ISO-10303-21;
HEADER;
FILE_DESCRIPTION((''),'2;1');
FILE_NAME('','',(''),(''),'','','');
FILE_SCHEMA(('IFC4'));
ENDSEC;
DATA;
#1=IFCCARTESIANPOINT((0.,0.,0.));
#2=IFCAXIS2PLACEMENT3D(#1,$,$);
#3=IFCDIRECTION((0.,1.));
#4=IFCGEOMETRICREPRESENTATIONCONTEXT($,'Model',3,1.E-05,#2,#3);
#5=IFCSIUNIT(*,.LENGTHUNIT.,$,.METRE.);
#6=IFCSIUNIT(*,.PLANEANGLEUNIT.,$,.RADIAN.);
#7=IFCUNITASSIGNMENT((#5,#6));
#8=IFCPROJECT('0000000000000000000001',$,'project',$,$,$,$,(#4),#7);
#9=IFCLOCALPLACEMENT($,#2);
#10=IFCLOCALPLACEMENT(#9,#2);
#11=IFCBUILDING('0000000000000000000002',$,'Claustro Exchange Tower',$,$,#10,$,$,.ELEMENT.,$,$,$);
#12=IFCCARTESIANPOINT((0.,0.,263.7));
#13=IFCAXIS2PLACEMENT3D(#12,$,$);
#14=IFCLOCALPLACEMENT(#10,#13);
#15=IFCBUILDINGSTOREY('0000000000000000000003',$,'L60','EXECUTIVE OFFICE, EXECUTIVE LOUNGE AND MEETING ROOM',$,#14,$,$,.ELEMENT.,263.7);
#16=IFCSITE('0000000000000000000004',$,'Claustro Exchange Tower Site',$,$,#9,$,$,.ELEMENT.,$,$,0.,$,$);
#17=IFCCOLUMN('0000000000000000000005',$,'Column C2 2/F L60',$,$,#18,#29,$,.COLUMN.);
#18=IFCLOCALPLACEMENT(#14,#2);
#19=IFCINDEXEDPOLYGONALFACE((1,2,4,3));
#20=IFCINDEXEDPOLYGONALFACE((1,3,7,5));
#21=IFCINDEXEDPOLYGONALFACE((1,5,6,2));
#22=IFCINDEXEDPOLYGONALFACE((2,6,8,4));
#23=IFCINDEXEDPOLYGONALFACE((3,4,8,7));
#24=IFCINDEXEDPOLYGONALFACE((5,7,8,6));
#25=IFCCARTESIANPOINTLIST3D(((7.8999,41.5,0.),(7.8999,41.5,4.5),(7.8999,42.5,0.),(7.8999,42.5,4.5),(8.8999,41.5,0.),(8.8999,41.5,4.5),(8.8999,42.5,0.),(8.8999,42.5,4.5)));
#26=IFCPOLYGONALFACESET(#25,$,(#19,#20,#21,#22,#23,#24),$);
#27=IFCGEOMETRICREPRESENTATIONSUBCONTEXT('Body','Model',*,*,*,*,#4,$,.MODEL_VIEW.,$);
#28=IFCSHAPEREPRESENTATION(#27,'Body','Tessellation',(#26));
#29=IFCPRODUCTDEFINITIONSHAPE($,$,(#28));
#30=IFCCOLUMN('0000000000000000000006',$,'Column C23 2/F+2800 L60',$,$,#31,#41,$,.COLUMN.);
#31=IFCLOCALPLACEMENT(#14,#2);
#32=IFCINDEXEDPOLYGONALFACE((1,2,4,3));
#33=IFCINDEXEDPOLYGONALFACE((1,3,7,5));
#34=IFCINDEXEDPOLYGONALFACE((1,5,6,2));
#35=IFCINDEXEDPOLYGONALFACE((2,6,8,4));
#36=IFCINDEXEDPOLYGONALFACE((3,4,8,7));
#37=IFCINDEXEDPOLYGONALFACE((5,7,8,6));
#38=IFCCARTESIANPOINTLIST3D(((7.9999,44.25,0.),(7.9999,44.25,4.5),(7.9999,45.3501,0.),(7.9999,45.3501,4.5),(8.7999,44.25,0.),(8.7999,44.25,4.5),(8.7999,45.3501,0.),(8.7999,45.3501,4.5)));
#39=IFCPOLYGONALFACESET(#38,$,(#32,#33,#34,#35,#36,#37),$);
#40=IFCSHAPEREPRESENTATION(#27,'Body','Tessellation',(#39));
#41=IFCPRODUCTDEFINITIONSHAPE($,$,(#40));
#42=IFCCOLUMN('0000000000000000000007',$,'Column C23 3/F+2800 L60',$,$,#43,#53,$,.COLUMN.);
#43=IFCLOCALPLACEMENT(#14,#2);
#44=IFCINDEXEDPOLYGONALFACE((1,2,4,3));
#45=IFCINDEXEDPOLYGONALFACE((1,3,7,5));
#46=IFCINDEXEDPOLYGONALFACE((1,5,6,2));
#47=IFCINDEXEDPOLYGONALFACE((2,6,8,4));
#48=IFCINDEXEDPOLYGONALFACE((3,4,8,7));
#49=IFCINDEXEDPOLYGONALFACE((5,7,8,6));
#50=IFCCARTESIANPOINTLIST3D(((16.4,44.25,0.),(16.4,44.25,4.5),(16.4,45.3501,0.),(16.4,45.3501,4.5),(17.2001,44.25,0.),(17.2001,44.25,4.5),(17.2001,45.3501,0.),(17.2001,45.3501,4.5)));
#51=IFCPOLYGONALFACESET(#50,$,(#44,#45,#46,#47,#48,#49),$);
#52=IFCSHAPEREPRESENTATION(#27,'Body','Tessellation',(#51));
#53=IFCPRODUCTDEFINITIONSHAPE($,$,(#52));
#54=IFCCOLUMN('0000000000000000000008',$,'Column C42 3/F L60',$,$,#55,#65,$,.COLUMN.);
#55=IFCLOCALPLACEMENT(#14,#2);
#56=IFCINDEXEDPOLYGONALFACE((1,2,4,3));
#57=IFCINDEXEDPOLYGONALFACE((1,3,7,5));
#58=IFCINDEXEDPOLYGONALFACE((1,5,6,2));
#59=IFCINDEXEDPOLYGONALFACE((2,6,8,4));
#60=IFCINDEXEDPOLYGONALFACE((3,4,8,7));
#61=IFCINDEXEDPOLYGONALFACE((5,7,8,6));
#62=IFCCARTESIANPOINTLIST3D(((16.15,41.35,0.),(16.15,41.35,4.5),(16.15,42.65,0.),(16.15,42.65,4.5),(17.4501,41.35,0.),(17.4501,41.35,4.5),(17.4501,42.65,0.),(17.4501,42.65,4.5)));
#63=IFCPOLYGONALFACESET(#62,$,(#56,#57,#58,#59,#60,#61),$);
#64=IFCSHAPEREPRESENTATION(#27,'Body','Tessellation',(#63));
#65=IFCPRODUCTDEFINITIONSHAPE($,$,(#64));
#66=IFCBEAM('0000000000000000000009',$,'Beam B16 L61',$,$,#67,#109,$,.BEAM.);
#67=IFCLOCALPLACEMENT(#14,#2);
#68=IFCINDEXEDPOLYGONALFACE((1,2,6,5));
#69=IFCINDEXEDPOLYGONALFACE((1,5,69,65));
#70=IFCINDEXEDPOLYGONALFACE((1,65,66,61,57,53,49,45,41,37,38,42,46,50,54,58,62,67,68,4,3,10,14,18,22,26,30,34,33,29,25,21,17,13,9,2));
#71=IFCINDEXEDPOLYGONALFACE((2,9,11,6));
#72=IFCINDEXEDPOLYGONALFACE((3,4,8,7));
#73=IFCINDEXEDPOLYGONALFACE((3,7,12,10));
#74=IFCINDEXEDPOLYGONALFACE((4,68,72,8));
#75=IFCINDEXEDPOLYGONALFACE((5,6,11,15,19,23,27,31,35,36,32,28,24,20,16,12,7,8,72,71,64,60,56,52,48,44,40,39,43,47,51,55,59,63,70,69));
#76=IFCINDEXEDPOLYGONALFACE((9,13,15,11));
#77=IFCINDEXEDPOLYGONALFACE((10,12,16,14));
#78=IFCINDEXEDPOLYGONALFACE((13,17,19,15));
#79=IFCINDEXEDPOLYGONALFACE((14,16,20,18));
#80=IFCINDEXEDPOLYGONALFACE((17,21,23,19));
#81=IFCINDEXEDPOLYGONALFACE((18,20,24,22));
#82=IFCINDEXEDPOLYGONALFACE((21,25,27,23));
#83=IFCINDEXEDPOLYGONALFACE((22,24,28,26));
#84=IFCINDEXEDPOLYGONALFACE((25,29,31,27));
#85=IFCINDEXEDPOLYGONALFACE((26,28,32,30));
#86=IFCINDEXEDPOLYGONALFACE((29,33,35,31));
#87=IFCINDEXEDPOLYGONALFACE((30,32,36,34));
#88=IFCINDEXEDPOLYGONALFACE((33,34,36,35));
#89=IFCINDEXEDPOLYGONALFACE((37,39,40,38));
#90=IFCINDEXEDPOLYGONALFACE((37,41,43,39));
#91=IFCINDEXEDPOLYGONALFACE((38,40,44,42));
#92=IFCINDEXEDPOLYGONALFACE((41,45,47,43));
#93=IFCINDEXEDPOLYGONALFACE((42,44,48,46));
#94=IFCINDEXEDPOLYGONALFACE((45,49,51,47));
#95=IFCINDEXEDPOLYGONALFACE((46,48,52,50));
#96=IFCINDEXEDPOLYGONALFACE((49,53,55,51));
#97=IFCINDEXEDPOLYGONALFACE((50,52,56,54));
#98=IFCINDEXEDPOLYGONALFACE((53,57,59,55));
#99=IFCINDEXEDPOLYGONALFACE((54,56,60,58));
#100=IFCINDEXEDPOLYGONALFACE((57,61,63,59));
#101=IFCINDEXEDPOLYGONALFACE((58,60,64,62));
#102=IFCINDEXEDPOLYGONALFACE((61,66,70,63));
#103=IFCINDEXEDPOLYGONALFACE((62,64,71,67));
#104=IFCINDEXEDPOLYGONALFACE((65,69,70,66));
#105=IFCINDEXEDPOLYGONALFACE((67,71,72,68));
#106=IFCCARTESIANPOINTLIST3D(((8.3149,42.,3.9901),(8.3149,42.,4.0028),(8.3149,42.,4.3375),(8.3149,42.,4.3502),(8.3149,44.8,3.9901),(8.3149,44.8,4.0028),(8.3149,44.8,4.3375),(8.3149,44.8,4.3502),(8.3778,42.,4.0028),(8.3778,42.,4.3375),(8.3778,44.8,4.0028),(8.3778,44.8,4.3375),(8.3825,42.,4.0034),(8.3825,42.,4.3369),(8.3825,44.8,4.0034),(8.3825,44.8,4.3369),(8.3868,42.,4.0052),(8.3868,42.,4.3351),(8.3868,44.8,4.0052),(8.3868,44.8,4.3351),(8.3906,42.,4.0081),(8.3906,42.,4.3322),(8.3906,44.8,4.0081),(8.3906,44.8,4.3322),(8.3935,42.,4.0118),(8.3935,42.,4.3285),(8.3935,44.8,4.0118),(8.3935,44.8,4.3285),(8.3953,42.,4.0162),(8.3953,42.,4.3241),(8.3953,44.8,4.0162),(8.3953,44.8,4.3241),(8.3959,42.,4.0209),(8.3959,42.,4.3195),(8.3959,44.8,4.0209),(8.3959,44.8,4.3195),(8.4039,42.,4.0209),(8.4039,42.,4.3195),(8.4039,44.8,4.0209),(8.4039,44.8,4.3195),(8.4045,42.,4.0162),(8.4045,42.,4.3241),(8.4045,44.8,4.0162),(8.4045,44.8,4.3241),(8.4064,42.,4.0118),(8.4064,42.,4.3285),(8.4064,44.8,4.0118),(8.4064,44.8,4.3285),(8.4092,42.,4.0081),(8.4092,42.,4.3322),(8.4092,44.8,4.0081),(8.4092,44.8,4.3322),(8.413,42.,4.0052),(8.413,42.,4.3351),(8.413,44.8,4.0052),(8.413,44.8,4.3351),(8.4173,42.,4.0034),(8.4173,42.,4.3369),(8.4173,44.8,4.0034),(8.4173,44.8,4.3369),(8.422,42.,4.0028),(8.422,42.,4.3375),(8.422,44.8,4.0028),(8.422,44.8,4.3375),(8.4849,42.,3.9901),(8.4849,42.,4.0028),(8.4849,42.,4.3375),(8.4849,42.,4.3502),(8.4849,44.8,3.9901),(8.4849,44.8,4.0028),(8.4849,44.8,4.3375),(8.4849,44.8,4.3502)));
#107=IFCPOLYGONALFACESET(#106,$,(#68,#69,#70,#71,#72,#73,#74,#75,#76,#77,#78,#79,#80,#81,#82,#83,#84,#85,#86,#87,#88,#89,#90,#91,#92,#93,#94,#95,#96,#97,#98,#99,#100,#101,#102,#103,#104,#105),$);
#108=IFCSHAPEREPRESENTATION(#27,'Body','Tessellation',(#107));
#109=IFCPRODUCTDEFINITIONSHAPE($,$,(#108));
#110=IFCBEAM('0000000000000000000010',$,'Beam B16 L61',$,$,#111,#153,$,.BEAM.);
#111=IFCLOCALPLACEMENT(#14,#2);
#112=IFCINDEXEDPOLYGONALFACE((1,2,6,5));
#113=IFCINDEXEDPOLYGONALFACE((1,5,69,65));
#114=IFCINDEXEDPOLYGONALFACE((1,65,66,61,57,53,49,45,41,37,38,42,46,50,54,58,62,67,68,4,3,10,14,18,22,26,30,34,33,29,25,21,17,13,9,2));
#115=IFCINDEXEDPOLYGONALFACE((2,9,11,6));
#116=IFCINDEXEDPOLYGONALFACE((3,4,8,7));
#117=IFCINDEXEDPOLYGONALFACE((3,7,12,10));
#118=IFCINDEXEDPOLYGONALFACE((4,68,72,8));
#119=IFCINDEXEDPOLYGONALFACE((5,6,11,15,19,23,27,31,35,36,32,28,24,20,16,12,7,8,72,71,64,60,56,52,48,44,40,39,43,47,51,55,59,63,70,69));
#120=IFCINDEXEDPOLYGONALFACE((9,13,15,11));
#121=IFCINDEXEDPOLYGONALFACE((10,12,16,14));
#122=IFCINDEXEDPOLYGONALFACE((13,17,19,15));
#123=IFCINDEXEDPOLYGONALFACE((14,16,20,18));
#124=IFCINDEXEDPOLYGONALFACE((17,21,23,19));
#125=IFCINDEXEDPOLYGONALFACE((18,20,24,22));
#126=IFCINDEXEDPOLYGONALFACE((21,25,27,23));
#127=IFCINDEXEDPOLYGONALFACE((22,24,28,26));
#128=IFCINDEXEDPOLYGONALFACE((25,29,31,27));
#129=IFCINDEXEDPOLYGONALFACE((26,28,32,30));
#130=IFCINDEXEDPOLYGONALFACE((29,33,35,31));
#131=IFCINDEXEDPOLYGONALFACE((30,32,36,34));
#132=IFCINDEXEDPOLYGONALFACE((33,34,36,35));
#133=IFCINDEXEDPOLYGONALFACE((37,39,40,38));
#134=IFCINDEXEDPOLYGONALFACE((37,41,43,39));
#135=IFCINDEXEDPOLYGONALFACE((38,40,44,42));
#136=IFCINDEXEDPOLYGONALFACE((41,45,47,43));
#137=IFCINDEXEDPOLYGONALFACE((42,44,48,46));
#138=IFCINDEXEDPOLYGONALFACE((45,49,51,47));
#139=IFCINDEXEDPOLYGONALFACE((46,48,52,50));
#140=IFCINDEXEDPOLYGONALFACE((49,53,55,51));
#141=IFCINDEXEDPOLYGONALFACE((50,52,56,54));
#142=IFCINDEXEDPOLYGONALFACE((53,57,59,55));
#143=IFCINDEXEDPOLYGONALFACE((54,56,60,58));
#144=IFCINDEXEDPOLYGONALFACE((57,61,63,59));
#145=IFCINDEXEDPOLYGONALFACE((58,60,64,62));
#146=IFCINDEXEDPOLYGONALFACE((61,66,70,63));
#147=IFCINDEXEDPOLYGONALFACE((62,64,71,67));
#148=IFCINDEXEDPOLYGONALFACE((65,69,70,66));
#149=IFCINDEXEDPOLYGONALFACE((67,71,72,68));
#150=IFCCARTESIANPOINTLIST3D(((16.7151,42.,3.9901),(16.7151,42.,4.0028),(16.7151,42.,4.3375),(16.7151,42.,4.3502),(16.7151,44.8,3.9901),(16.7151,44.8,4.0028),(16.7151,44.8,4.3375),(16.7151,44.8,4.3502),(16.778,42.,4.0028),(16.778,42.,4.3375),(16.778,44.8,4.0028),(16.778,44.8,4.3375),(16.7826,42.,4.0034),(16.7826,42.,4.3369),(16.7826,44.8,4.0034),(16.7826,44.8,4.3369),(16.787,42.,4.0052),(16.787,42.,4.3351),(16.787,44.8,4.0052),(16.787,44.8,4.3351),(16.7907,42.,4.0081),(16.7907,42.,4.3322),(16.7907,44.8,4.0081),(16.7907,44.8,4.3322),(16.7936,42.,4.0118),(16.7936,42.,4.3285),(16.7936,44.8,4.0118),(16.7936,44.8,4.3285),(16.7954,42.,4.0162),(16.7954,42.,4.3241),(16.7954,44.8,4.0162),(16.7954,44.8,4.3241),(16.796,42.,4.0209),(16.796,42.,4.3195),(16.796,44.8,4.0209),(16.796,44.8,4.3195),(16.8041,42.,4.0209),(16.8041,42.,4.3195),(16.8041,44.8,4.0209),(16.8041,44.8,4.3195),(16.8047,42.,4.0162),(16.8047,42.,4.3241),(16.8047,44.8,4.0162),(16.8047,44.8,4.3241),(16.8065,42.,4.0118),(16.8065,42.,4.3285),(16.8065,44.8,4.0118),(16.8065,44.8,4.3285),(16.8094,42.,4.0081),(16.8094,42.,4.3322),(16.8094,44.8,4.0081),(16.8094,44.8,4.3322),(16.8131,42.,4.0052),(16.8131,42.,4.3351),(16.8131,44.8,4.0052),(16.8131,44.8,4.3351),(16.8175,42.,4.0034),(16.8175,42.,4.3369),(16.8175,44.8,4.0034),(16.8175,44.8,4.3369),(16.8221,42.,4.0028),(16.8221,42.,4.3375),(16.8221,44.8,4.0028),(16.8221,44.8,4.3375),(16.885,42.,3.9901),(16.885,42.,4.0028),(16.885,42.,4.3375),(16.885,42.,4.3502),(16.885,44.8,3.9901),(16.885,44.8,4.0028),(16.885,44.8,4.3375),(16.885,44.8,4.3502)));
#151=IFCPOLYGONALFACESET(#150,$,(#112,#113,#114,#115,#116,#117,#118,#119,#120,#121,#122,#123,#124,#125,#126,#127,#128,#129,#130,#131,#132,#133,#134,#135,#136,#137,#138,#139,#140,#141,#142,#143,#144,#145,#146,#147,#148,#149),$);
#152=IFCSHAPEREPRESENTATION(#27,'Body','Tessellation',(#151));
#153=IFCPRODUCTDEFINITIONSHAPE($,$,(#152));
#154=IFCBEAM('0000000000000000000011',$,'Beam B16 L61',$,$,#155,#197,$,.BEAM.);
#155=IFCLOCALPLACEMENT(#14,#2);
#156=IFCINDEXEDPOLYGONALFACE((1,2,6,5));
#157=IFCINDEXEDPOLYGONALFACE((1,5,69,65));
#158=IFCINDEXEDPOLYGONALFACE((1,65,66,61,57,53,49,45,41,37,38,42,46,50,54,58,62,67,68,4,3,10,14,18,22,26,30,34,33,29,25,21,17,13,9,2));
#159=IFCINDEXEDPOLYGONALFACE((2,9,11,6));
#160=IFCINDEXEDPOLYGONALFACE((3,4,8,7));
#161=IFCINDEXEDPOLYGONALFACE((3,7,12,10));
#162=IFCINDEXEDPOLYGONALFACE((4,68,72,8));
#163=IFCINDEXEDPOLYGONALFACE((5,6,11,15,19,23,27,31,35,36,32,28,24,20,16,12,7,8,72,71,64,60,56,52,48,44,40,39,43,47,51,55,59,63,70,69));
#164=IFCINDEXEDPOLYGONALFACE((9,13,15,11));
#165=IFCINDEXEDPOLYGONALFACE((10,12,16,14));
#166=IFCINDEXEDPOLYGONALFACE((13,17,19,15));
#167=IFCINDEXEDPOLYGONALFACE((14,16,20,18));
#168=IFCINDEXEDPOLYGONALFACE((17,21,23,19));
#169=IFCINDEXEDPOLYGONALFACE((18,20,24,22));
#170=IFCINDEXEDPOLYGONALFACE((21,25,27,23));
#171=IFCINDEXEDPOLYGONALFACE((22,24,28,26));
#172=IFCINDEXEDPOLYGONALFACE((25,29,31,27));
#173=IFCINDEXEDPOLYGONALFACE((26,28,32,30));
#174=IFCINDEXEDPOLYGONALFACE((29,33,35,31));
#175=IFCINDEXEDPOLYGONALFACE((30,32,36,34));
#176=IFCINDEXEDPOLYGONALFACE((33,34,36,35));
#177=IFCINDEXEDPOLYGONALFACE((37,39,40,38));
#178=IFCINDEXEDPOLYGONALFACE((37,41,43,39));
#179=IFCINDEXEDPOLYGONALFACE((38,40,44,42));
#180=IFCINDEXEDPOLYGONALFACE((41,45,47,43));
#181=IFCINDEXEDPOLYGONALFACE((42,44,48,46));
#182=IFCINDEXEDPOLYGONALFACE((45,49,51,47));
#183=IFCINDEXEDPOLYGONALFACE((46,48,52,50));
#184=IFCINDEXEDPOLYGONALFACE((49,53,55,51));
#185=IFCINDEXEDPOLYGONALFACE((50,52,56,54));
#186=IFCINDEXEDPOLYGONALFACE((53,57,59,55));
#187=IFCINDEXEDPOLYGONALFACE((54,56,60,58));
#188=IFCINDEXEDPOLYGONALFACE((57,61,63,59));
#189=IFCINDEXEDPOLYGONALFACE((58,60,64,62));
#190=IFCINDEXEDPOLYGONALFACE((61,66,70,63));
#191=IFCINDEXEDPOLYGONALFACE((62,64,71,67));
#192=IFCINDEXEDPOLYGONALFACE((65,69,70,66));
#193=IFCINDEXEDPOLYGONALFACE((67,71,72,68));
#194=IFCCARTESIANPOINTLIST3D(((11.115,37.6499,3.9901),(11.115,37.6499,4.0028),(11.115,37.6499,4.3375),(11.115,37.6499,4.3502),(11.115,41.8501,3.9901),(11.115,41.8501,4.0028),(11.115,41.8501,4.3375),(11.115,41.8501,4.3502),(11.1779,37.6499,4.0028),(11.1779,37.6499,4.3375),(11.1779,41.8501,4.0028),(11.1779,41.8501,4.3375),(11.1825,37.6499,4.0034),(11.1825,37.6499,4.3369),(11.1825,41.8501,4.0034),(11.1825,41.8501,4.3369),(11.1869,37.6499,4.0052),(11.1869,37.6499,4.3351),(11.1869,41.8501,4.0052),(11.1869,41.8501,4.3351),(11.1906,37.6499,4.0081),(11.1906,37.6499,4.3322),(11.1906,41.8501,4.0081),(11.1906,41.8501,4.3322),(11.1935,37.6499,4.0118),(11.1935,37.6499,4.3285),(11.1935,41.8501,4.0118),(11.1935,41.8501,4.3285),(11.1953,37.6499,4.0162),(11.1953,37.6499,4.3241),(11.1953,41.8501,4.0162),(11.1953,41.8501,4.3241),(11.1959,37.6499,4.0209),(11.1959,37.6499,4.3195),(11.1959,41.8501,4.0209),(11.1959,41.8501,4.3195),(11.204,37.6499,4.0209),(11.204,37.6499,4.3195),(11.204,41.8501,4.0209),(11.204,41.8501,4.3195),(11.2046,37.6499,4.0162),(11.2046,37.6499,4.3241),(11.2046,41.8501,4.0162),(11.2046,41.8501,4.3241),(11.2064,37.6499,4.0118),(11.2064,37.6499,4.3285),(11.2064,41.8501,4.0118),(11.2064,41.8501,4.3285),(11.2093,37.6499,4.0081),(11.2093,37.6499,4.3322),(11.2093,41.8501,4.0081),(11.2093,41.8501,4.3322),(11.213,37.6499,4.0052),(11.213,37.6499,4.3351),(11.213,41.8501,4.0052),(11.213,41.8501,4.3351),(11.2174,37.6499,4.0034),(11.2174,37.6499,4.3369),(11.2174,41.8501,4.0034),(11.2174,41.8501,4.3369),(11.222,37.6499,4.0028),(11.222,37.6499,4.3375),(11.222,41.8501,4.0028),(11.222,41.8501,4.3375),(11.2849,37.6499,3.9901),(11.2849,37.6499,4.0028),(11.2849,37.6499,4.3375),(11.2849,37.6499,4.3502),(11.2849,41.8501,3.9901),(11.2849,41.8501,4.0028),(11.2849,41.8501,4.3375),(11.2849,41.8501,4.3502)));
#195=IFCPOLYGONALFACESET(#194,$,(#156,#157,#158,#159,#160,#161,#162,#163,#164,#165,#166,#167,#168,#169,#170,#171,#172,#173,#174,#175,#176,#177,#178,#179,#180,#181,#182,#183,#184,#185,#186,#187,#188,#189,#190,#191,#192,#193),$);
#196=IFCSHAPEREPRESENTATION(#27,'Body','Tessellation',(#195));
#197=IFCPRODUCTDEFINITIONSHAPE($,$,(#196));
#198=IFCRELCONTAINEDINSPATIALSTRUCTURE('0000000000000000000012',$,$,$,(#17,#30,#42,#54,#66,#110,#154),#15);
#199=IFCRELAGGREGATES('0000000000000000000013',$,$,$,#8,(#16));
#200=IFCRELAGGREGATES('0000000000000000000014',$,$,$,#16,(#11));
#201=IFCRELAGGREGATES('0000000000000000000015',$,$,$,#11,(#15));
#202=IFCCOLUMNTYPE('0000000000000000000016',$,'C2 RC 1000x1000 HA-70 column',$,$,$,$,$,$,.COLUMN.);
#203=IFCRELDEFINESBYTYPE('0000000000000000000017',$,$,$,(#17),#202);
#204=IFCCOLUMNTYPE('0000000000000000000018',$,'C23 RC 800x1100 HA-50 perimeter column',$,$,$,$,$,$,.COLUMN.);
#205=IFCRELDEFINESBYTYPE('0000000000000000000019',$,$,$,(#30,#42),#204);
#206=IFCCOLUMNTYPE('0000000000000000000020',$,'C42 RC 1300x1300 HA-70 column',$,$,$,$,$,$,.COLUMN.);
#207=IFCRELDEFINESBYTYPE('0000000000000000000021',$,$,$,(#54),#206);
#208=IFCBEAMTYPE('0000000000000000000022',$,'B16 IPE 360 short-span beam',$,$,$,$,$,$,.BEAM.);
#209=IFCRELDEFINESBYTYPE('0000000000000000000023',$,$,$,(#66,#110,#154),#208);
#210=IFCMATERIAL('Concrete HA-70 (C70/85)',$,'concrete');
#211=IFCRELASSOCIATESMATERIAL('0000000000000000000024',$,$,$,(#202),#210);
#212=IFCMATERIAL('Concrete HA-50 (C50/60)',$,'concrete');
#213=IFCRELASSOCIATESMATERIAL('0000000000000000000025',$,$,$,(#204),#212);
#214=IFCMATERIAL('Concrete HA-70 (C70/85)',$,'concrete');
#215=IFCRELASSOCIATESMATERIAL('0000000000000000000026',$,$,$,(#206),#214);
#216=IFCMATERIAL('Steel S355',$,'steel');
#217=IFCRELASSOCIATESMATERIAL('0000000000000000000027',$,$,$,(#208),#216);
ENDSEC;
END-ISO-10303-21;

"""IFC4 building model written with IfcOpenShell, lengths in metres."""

from ifc_helpers import new_model, si_unit, direction, frame, origin, origin_2d, place, context, subcontext, project, spatial, rectangle, i_section, extrude, material, material_profile, profile_set, type_object, element, save


model = new_model("IFC4")

# Units and contexts
model_context = context("Model", 3, precision=1e-05, world=origin(), true_north=direction((0.0, 1.0)))
body_context = subcontext(model_context, "Body", "Model", "MODEL_VIEW")
ifc_project = project(units=[si_unit("LENGTHUNIT", "METRE"), si_unit("PLANEANGLEUNIT", "RADIAN")], contexts=[model_context])

# Site, building, storey
site_placement = place(None, origin())
site = spatial("IfcSite", under=ifc_project, at=site_placement, Name="Claustro Exchange Tower Site", CompositionType="ELEMENT", RefElevation=0.0)
building_placement = place(site_placement, origin())
building = spatial("IfcBuilding", under=site, at=building_placement, Name="Claustro Exchange Tower", CompositionType="ELEMENT")
storey_placement = place(building_placement, frame((0.0, 0.0, 263.7)))
storey = spatial("IfcBuildingStorey", under=building, at=storey_placement, Name="L60", Description="EXECUTIVE OFFICE, EXECUTIVE LOUNGE AND MEETING ROOM", CompositionType="ELEMENT", Elevation=263.7)

# Columns
ifc_material_1 = material(Name="Concrete HA-70 (C70/85)", Category="concrete")
ifc_material_profile_1 = material_profile(ifc_material_1, rectangle(XDim=1.0, YDim=1.0, at=origin_2d()), Name="RC 1000x1000")
ifc_profile_set_1 = profile_set([ifc_material_profile_1], Name="Concrete HA-70 (C70/85)")
column_type_1 = type_object("IfcColumnType", Name="C2 RC 1000x1000 HA-70 column", PredefinedType="COLUMN", material=ifc_profile_set_1)
column_1_placement = place(storey_placement, frame((8.3999, 42.0, 0.0), z_axis=(0.0, 0.0, 1.0), x_axis=(1.0, 0.0, 0.0)))
element("IfcColumn", 1, at=column_1_placement, inside=storey, type_object=column_type_1, Name="Column C2 2/F L60", PredefinedType="COLUMN", context=body_context, shape_type="SweptSolid", body=[
    extrude(rectangle(XDim=1.0, YDim=1.0, at=origin_2d()), origin(), (0.0, 0.0, 1.0), 4.5),
])
ifc_material_2 = material(Name="Concrete HA-50 (C50/60)", Category="concrete")
ifc_material_profile_2 = material_profile(ifc_material_2, rectangle(XDim=0.8, YDim=1.1001, at=origin_2d()), Name="RC 800x1100")
ifc_profile_set_2 = profile_set([ifc_material_profile_2], Name="Concrete HA-50 (C50/60)")
column_type_2 = type_object("IfcColumnType", Name="C23 RC 800x1100 HA-50 perimeter column", PredefinedType="COLUMN", material=ifc_profile_set_2)
for number, where, z_axis, x_axis, name in (
    (2, (8.3999, 44.8, 0.0), (0.0, 0.0, 1.0), (1.0, 0.0, 0.0), "Column C23 2/F+2800 L60"),
    (3, (16.8, 44.8, 0.0), (0.0, 0.0, 1.0), (1.0, 0.0, 0.0), "Column C23 3/F+2800 L60"),
):
    element("IfcColumn", number, at=place(storey_placement, frame(where, z_axis=z_axis, x_axis=x_axis)), inside=storey, type_object=column_type_2, Name=name, PredefinedType="COLUMN", context=body_context, shape_type="SweptSolid", body=[
        extrude(rectangle(XDim=0.8, YDim=1.1001, at=origin_2d()), origin(), (0.0, 0.0, 1.0), 4.5),
    ])
ifc_material_3 = material(Name="Concrete HA-70 (C70/85)", Category="concrete")
ifc_material_profile_3 = material_profile(ifc_material_3, rectangle(XDim=1.3, YDim=1.3, at=origin_2d()), Name="RC 1300x1300")
ifc_profile_set_3 = profile_set([ifc_material_profile_3], Name="Concrete HA-70 (C70/85)")
column_type_3 = type_object("IfcColumnType", Name="C42 RC 1300x1300 HA-70 column", PredefinedType="COLUMN", material=ifc_profile_set_3)
column_2_placement = place(storey_placement, frame((16.8, 42.0, 0.0), z_axis=(0.0, 0.0, 1.0), x_axis=(1.0, 0.0, 0.0)))
element("IfcColumn", 4, at=column_2_placement, inside=storey, type_object=column_type_3, Name="Column C42 3/F L60", PredefinedType="COLUMN", context=body_context, shape_type="SweptSolid", body=[
    extrude(rectangle(XDim=1.3, YDim=1.3, at=origin_2d()), origin(), (0.0, 0.0, 1.0), 4.5),
])

# Beams
ifc_material_4 = material(Name="Steel S355", Category="steel")
ifc_material_profile_4 = material_profile(ifc_material_4, i_section(OverallWidth=0.1699, OverallDepth=0.3601, WebThickness=0.0081, FlangeThickness=0.0127, FilletRadius=0.0181, at=origin_2d()), Name="IPE 360")
ifc_profile_set_4 = profile_set([ifc_material_profile_4], Name="Steel S355")
beam_type_1 = type_object("IfcBeamType", Name="B16 IPE 360 short-span beam", PredefinedType="BEAM", material=ifc_profile_set_4)
for number, where, z_axis, x_axis, name in (
    (5, (8.3999, 42.0, 4.1702), (0.0, 1.0, 0.0), (-1.0, 0.0, 0.0), "Beam B16 L61"),
    (6, (16.8, 42.0, 4.1702), (0.0, 1.0, 0.0), (-1.0, 0.0, 0.0), "Beam B16 L61"),
):
    element("IfcBeam", number, at=place(storey_placement, frame(where, z_axis=z_axis, x_axis=x_axis)), inside=storey, type_object=beam_type_1, Name=name, PredefinedType="BEAM", context=body_context, shape_type="SweptSolid", body=[
        extrude(i_section(OverallWidth=0.1699, OverallDepth=0.3601, WebThickness=0.0081, FlangeThickness=0.0127, FilletRadius=0.0181, at=origin_2d()), origin(), (0.0, 0.0, 1.0), 2.8),
    ])
for number, where, z_axis, x_axis, name in (
    (7, (11.2, 37.6499, 4.1702), (0.0, 1.0, 0.0), (-1.0, 0.0, 0.0), "Beam B16 L61"),
):
    element("IfcBeam", number, at=place(storey_placement, frame(where, z_axis=z_axis, x_axis=x_axis)), inside=storey, type_object=beam_type_1, Name=name, PredefinedType="BEAM", context=body_context, shape_type="SweptSolid", body=[
        extrude(i_section(OverallWidth=0.1699, OverallDepth=0.3601, WebThickness=0.0081, FlangeThickness=0.0127, FilletRadius=0.0181, at=origin_2d()), origin(), (0.0, 0.0, 1.0), 4.2002),
    ])

save(model, "model.ifc")
